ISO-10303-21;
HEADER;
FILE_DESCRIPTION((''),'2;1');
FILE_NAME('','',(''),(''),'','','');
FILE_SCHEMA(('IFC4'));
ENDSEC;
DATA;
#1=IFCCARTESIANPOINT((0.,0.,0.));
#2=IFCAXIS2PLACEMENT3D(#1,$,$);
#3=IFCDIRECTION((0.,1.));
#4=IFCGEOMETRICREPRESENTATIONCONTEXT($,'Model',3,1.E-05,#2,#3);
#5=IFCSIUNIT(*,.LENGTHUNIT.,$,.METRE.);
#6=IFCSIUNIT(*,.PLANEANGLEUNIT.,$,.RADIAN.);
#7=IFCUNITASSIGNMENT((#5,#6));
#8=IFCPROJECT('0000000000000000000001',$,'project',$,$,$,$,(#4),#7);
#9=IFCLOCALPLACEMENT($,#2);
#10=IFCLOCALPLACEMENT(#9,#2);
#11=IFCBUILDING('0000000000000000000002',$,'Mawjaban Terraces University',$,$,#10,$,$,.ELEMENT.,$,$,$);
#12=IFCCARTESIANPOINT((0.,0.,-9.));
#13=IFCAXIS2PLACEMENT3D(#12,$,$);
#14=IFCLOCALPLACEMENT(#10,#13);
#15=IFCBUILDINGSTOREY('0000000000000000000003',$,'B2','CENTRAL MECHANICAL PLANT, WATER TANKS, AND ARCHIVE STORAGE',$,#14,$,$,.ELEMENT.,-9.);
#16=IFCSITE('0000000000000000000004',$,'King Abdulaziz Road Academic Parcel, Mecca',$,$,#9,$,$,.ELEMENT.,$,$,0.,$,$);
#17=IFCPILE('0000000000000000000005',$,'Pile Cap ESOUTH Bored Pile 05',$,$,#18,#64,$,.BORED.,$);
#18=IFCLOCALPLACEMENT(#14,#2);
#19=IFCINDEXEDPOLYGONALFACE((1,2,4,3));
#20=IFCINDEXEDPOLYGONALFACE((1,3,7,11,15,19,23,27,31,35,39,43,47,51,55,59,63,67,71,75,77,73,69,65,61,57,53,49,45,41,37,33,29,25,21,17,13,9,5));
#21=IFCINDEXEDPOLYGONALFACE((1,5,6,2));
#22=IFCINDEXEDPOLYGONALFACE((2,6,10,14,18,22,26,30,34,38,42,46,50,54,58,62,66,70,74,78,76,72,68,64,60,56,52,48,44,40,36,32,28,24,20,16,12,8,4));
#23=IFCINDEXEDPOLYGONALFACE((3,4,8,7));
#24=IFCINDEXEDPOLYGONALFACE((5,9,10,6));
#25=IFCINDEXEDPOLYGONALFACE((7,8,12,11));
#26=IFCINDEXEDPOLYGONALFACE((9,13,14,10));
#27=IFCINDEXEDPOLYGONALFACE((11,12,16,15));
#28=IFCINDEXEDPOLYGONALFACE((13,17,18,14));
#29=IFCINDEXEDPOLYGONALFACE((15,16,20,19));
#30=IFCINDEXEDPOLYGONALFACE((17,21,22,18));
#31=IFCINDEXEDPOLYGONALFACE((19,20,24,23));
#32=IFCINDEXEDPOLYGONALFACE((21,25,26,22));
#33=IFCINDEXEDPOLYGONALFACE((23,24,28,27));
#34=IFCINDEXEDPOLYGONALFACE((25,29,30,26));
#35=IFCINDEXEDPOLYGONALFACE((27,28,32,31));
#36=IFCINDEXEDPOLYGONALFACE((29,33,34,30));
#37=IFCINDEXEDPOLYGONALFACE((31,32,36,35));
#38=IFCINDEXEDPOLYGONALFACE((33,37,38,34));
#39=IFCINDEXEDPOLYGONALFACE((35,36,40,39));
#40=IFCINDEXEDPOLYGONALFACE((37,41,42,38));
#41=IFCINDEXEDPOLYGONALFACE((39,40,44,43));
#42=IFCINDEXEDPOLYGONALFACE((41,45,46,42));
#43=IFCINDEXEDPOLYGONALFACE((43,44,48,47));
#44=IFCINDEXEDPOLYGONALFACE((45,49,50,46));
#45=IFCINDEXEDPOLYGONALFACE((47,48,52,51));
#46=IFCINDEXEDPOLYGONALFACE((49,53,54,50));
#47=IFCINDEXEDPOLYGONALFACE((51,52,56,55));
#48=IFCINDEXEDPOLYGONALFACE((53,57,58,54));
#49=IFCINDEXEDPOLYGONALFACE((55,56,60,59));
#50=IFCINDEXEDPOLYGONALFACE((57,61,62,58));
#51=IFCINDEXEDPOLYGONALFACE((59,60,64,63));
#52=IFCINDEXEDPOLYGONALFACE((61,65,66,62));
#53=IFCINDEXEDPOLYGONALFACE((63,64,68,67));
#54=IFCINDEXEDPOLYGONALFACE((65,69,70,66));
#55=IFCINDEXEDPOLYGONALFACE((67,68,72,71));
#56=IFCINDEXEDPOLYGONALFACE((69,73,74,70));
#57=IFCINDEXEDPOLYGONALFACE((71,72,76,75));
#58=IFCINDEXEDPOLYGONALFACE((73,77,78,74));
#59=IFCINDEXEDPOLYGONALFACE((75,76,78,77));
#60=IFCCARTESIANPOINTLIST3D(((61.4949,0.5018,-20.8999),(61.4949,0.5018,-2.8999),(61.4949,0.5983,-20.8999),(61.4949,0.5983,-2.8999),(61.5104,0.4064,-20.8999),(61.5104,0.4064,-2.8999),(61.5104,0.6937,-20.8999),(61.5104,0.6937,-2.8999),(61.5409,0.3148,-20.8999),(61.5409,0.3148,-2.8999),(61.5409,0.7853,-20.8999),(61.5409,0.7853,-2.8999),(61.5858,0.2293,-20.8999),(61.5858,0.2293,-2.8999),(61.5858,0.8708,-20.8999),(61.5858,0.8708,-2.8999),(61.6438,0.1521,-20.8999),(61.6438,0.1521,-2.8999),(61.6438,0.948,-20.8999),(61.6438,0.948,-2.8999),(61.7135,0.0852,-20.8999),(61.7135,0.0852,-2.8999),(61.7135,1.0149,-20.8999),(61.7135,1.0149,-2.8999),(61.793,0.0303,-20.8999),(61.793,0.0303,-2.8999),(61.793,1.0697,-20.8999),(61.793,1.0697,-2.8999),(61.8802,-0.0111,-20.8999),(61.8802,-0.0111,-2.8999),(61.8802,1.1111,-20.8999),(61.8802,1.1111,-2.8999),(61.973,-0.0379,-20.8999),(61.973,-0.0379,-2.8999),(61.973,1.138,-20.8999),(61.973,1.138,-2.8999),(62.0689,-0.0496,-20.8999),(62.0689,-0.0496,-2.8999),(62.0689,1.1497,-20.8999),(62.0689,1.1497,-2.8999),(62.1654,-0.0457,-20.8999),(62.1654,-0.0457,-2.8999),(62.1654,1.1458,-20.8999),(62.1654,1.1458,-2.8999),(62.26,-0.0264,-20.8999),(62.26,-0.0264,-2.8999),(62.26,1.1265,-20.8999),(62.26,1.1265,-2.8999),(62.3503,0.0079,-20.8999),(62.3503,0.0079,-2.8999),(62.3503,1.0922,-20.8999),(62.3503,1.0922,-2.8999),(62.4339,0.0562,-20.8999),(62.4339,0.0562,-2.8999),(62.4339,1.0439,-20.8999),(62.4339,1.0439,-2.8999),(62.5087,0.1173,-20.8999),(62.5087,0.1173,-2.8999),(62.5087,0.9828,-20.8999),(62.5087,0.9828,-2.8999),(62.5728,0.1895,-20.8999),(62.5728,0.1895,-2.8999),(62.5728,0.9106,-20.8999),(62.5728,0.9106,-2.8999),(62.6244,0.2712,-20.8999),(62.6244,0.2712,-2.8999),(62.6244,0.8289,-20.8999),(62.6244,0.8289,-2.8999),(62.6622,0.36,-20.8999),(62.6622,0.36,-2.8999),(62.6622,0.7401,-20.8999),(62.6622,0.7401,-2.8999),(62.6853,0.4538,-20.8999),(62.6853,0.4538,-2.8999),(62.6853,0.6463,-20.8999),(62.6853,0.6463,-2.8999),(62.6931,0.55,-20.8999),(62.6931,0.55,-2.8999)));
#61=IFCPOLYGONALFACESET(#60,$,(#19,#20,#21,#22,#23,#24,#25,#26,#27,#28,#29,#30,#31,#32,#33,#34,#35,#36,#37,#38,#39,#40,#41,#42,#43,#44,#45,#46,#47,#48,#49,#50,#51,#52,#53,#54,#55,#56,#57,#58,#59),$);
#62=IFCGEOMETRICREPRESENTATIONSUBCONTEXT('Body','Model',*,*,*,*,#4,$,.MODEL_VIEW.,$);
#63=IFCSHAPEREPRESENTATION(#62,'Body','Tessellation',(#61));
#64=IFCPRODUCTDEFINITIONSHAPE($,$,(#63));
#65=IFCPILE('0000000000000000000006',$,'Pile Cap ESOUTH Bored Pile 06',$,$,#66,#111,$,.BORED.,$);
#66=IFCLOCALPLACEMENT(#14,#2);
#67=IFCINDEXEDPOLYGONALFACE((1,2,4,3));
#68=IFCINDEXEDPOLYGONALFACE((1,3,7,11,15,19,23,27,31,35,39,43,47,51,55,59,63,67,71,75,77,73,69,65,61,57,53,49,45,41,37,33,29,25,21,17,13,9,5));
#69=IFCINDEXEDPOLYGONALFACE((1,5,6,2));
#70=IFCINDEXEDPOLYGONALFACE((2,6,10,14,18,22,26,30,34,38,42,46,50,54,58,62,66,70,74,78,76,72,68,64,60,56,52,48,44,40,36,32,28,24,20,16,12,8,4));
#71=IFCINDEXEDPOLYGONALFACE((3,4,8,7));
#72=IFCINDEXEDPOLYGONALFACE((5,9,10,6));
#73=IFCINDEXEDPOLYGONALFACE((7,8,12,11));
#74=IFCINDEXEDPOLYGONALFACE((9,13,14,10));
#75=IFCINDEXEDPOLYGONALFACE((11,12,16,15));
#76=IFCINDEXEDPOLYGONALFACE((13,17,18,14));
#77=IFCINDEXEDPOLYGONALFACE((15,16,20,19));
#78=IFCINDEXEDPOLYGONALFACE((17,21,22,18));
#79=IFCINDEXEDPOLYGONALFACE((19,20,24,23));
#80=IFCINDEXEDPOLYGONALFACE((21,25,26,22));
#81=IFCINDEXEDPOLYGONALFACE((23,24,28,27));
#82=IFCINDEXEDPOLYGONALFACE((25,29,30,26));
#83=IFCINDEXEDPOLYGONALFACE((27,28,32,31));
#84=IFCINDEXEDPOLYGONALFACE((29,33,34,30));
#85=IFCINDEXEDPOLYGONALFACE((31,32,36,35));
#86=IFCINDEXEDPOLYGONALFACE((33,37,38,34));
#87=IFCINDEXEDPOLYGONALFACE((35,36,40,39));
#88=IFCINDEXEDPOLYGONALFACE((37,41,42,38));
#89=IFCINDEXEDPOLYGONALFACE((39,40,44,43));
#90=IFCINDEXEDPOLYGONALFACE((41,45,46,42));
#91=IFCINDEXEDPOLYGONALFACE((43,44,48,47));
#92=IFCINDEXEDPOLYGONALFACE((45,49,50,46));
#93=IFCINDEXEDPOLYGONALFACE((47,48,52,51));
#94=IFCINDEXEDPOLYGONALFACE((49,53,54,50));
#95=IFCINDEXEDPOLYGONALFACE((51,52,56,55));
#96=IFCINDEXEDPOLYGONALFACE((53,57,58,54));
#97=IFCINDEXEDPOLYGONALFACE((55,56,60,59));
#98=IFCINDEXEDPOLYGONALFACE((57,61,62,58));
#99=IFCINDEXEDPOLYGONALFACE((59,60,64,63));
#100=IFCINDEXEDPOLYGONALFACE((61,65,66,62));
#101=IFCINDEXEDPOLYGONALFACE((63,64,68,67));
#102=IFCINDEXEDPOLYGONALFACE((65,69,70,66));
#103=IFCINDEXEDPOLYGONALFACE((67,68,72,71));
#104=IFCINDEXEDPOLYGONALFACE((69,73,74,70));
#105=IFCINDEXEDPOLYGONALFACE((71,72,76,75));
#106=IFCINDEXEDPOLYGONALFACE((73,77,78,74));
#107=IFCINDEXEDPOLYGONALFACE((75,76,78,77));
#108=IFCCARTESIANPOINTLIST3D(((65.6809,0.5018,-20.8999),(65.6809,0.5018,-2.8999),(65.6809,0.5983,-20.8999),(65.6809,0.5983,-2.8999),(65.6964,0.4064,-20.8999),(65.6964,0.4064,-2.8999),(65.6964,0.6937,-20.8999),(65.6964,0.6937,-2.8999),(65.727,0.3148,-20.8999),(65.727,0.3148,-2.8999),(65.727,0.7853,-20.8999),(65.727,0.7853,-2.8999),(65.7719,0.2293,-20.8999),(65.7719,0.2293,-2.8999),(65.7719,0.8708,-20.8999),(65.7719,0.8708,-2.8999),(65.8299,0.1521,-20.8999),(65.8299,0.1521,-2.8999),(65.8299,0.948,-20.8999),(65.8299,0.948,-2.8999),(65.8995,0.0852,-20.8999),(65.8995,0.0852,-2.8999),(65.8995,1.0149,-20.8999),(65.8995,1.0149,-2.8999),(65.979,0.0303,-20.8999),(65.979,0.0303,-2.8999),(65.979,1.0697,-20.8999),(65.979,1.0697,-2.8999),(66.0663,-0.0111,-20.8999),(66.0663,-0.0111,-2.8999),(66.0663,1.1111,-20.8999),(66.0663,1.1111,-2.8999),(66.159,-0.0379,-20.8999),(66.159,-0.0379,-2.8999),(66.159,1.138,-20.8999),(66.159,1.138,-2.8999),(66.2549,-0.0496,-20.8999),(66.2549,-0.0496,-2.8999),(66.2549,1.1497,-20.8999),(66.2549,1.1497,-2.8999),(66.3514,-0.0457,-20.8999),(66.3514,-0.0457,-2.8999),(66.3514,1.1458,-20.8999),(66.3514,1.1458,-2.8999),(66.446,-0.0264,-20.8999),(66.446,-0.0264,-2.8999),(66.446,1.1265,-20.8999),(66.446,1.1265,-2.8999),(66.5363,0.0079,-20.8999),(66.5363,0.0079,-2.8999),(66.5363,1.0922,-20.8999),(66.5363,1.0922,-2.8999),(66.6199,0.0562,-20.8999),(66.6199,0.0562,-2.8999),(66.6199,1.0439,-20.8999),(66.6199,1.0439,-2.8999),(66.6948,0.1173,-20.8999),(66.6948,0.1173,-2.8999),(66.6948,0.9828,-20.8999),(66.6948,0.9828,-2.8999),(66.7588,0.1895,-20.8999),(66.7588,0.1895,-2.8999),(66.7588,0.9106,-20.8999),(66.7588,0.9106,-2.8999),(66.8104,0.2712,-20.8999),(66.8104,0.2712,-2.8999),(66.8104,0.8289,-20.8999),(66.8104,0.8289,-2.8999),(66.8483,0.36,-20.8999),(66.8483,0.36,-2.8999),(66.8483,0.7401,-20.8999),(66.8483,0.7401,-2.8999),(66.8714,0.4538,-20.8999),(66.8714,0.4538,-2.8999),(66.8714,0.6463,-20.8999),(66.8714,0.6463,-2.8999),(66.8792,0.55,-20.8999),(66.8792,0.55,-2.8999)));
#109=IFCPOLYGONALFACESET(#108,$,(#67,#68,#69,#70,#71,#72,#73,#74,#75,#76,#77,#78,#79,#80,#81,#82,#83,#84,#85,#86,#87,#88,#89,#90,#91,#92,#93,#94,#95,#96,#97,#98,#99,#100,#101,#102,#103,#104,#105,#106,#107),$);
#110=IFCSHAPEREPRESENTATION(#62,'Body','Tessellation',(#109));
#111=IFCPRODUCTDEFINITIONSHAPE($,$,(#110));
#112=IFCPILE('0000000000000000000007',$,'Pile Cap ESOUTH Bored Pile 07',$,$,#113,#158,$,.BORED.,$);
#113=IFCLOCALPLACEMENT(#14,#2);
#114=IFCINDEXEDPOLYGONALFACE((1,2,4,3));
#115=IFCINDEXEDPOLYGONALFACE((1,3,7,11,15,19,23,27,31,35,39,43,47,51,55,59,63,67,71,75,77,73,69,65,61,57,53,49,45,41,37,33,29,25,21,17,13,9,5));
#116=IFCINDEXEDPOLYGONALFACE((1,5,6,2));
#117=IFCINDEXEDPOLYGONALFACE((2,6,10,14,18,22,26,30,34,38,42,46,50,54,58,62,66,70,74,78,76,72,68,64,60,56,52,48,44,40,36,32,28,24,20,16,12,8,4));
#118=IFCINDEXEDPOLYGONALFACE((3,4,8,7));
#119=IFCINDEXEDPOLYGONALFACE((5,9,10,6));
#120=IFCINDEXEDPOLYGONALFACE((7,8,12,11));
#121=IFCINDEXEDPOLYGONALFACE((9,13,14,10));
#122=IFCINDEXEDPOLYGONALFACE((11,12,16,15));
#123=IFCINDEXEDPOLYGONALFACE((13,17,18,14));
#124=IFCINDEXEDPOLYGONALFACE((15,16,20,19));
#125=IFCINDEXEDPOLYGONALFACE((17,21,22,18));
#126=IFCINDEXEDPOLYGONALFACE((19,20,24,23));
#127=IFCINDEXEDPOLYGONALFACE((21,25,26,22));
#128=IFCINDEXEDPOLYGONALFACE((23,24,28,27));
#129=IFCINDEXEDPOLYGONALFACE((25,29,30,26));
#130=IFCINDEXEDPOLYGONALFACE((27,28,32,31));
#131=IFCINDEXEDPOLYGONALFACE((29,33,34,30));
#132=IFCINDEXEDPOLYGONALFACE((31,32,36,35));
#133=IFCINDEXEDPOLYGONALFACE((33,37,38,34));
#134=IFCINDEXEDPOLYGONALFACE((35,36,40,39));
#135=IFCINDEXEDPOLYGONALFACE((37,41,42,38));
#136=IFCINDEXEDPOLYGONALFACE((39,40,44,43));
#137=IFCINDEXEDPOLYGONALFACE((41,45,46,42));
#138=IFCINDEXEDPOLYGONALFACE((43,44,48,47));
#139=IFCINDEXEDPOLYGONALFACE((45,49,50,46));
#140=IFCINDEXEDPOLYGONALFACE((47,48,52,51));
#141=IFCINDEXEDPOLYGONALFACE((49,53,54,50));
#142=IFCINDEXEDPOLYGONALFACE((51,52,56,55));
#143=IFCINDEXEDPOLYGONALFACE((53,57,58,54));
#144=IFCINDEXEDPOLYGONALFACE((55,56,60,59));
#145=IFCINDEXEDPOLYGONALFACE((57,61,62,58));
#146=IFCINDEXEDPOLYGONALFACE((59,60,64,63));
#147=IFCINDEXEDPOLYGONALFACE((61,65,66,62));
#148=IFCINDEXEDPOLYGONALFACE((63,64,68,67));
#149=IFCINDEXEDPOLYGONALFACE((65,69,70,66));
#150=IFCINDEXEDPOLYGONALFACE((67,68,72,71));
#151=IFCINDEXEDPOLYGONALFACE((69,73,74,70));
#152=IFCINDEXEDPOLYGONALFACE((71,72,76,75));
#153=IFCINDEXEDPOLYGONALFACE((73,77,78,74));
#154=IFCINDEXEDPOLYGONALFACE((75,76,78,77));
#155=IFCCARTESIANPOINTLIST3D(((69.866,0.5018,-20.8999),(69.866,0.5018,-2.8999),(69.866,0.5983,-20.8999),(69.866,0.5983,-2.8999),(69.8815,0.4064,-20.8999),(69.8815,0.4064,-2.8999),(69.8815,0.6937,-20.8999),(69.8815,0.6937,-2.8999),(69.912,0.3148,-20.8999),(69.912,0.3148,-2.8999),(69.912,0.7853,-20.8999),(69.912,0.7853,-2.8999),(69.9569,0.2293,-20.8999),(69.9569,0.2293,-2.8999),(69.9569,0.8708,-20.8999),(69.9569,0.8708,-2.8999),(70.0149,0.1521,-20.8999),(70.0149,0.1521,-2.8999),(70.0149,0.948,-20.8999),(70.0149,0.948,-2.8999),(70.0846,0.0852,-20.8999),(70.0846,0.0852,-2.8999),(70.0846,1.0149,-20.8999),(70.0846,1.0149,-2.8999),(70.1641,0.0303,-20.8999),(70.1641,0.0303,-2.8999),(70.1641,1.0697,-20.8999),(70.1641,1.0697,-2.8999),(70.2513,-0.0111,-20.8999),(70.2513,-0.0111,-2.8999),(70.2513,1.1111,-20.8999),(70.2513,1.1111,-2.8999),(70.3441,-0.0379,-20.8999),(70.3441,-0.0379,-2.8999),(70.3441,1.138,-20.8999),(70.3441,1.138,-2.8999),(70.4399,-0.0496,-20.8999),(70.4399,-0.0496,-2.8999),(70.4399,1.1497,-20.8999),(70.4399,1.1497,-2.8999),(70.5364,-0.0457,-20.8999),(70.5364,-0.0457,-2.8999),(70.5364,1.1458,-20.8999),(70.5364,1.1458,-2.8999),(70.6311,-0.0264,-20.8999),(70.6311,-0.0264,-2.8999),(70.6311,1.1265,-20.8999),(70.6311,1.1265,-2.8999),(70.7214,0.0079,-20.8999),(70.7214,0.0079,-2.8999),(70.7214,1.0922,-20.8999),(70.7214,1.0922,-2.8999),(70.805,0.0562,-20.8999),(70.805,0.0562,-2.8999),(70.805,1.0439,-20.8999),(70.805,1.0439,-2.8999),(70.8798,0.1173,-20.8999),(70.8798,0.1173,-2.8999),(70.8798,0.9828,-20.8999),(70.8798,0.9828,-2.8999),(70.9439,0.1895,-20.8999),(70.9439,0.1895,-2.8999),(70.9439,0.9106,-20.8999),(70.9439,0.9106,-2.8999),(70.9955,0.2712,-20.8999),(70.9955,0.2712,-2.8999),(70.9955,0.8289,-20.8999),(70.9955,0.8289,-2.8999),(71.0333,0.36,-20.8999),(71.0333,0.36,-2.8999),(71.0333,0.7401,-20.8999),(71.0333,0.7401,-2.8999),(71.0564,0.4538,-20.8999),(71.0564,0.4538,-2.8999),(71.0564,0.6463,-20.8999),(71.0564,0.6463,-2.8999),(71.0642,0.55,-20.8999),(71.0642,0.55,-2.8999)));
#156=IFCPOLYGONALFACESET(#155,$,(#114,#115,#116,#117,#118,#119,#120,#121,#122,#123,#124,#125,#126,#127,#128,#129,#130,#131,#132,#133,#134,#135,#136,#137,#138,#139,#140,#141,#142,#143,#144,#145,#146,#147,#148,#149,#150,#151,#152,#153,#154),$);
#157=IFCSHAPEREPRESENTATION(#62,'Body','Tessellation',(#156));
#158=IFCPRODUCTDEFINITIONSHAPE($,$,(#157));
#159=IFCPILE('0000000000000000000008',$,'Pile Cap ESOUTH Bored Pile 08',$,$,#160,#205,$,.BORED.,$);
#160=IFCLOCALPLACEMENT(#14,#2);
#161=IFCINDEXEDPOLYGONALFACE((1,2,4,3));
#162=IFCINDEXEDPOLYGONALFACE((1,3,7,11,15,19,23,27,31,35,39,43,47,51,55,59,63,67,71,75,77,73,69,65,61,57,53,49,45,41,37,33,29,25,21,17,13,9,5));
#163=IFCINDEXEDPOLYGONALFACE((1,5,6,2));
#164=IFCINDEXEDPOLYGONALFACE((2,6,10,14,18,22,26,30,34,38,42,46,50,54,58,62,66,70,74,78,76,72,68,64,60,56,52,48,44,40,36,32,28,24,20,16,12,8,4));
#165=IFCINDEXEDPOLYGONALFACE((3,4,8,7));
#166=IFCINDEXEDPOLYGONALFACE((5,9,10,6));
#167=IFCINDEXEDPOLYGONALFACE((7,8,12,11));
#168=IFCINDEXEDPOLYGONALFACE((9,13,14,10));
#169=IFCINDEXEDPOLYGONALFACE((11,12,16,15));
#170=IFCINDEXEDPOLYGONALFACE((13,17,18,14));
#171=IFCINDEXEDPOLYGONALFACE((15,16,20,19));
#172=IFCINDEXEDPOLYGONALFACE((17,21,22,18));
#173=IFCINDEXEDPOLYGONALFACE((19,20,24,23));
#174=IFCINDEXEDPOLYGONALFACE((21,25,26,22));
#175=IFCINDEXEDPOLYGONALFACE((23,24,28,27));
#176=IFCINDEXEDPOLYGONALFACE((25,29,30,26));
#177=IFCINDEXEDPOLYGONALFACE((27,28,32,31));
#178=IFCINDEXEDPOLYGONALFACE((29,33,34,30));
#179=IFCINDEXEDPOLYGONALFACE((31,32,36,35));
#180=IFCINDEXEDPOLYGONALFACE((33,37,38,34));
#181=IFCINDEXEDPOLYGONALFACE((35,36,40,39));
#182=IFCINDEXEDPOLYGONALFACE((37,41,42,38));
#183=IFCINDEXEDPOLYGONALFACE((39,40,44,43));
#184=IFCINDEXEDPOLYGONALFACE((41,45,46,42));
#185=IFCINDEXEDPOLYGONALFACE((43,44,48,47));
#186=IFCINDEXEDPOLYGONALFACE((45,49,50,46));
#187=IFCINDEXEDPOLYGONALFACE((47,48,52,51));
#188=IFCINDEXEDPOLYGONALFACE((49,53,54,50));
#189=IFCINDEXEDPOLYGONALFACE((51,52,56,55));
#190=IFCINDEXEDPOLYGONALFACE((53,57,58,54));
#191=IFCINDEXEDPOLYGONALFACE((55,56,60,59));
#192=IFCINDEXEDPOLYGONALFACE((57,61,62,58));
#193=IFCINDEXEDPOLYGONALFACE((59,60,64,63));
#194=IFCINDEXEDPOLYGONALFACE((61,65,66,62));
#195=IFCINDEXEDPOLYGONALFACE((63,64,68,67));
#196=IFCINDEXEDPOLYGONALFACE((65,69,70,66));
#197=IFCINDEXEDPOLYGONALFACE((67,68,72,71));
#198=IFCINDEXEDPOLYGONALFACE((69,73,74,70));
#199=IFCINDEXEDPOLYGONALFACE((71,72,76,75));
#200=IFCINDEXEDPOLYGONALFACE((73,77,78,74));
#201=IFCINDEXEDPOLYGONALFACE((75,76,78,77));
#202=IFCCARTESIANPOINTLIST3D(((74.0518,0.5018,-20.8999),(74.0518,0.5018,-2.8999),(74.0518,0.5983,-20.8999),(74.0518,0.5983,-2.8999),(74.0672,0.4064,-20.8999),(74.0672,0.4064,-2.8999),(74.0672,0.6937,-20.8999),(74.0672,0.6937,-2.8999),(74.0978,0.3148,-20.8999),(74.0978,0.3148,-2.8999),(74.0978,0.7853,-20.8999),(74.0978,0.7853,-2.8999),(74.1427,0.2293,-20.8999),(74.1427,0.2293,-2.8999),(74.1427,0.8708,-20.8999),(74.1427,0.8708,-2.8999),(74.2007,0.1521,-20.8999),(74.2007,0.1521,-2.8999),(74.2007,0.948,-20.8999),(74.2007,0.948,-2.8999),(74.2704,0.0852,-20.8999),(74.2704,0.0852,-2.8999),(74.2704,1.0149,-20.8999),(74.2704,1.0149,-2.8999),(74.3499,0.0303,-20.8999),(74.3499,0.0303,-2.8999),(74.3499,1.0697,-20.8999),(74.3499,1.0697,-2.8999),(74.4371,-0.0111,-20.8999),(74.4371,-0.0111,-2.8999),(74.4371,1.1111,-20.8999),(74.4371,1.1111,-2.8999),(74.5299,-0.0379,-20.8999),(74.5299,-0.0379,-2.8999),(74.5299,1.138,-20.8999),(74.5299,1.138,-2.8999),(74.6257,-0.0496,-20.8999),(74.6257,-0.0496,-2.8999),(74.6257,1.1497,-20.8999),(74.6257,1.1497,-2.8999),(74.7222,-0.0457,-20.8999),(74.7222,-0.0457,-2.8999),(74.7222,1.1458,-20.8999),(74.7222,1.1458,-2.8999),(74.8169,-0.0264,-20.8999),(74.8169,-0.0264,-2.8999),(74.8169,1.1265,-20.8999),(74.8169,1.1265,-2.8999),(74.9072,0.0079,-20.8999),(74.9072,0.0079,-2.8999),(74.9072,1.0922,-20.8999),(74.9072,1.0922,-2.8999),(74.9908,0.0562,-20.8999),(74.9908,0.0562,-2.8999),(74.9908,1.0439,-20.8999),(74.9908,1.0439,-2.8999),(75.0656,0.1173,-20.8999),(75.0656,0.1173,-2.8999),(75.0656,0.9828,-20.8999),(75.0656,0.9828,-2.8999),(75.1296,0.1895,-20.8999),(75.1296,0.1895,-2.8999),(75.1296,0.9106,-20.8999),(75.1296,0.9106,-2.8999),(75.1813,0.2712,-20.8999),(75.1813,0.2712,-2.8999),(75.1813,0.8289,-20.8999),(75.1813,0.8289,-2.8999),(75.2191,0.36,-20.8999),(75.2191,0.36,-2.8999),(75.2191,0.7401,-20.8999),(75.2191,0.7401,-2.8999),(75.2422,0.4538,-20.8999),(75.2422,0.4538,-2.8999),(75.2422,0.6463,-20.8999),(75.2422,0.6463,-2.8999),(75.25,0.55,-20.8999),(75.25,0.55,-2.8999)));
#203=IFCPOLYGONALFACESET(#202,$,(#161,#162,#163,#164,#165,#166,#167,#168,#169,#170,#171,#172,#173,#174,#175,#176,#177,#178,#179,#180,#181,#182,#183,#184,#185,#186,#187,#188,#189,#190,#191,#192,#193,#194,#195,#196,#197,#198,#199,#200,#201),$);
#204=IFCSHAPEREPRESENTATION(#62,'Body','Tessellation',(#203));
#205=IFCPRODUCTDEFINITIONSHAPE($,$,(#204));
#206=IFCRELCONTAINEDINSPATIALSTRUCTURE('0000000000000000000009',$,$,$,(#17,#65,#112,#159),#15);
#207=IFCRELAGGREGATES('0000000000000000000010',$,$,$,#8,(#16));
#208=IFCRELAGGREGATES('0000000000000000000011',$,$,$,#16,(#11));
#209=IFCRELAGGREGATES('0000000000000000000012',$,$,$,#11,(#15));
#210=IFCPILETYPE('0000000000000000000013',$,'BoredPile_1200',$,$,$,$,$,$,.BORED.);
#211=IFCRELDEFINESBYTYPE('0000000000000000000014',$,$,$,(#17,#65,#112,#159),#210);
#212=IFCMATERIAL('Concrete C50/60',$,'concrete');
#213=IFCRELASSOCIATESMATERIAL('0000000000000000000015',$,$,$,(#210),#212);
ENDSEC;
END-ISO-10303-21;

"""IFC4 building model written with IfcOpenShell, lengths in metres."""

from ifc_helpers import new_model, si_unit, direction, frame, origin, origin_2d, place, context, subcontext, project, spatial, circle, extrude, material, material_profile, profile_set, type_object, element, save


model = new_model("IFC4")

# Units and contexts
model_context = context("Model", 3, precision=1e-05, world=origin(), true_north=direction((0.0, 1.0)))
body_context = subcontext(model_context, "Body", "Model", "MODEL_VIEW")
ifc_project = project(units=[si_unit("LENGTHUNIT", "METRE"), si_unit("PLANEANGLEUNIT", "RADIAN")], contexts=[model_context])

# Site, building, storey
site_placement = place(None, origin())
site = spatial("IfcSite", under=ifc_project, at=site_placement, Name="King Abdulaziz Road Academic Parcel, Mecca", CompositionType="ELEMENT", RefElevation=0.0)
building_placement = place(site_placement, origin())
building = spatial("IfcBuilding", under=site, at=building_placement, Name="Mawjaban Terraces University", CompositionType="ELEMENT")
storey_placement = place(building_placement, frame((0.0, 0.0, -9.0)))
storey = spatial("IfcBuildingStorey", under=building, at=storey_placement, Name="B2", Description="CENTRAL MECHANICAL PLANT, WATER TANKS, AND ARCHIVE STORAGE", CompositionType="ELEMENT", Elevation=-9.0)

# Piles
ifc_material_1 = material(Name="Concrete C50/60", Category="concrete")
ifc_material_profile_1 = material_profile(ifc_material_1, circle(Radius=0.6001, at=origin_2d()), Name="PILE1200")
ifc_profile_set_1 = profile_set([ifc_material_profile_1], Name="Concrete C50/60")
pile_type = type_object("IfcPileType", Name="BoredPile_1200", PredefinedType="BORED", material=ifc_profile_set_1)
for number, where, z_axis, x_axis, name in (
    (1, (62.093, 0.55, -2.8999), (0.0, 0.0, -1.0), (1.0, 0.0, 0.0), "Pile Cap ESOUTH Bored Pile 05"),
    (2, (66.2791, 0.55, -2.8999), (0.0, 0.0, -1.0), (1.0, 0.0, 0.0), "Pile Cap ESOUTH Bored Pile 06"),
    (3, (70.4641, 0.55, -2.8999), (0.0, 0.0, -1.0), (1.0, 0.0, 0.0), "Pile Cap ESOUTH Bored Pile 07"),
    (4, (74.6499, 0.55, -2.8999), (0.0, 0.0, -1.0), (1.0, 0.0, 0.0), "Pile Cap ESOUTH Bored Pile 08"),
):
    element("IfcPile", number, at=place(storey_placement, frame(where, z_axis=z_axis, x_axis=x_axis)), inside=storey, type_object=pile_type, Name=name, PredefinedType="BORED", context=body_context, shape_type="SweptSolid", body=[
        extrude(circle(Radius=0.6001, at=origin_2d()), origin(), (0.0, 0.0, 1.0), 18.0),
    ])

save(model, "model.ifc")
